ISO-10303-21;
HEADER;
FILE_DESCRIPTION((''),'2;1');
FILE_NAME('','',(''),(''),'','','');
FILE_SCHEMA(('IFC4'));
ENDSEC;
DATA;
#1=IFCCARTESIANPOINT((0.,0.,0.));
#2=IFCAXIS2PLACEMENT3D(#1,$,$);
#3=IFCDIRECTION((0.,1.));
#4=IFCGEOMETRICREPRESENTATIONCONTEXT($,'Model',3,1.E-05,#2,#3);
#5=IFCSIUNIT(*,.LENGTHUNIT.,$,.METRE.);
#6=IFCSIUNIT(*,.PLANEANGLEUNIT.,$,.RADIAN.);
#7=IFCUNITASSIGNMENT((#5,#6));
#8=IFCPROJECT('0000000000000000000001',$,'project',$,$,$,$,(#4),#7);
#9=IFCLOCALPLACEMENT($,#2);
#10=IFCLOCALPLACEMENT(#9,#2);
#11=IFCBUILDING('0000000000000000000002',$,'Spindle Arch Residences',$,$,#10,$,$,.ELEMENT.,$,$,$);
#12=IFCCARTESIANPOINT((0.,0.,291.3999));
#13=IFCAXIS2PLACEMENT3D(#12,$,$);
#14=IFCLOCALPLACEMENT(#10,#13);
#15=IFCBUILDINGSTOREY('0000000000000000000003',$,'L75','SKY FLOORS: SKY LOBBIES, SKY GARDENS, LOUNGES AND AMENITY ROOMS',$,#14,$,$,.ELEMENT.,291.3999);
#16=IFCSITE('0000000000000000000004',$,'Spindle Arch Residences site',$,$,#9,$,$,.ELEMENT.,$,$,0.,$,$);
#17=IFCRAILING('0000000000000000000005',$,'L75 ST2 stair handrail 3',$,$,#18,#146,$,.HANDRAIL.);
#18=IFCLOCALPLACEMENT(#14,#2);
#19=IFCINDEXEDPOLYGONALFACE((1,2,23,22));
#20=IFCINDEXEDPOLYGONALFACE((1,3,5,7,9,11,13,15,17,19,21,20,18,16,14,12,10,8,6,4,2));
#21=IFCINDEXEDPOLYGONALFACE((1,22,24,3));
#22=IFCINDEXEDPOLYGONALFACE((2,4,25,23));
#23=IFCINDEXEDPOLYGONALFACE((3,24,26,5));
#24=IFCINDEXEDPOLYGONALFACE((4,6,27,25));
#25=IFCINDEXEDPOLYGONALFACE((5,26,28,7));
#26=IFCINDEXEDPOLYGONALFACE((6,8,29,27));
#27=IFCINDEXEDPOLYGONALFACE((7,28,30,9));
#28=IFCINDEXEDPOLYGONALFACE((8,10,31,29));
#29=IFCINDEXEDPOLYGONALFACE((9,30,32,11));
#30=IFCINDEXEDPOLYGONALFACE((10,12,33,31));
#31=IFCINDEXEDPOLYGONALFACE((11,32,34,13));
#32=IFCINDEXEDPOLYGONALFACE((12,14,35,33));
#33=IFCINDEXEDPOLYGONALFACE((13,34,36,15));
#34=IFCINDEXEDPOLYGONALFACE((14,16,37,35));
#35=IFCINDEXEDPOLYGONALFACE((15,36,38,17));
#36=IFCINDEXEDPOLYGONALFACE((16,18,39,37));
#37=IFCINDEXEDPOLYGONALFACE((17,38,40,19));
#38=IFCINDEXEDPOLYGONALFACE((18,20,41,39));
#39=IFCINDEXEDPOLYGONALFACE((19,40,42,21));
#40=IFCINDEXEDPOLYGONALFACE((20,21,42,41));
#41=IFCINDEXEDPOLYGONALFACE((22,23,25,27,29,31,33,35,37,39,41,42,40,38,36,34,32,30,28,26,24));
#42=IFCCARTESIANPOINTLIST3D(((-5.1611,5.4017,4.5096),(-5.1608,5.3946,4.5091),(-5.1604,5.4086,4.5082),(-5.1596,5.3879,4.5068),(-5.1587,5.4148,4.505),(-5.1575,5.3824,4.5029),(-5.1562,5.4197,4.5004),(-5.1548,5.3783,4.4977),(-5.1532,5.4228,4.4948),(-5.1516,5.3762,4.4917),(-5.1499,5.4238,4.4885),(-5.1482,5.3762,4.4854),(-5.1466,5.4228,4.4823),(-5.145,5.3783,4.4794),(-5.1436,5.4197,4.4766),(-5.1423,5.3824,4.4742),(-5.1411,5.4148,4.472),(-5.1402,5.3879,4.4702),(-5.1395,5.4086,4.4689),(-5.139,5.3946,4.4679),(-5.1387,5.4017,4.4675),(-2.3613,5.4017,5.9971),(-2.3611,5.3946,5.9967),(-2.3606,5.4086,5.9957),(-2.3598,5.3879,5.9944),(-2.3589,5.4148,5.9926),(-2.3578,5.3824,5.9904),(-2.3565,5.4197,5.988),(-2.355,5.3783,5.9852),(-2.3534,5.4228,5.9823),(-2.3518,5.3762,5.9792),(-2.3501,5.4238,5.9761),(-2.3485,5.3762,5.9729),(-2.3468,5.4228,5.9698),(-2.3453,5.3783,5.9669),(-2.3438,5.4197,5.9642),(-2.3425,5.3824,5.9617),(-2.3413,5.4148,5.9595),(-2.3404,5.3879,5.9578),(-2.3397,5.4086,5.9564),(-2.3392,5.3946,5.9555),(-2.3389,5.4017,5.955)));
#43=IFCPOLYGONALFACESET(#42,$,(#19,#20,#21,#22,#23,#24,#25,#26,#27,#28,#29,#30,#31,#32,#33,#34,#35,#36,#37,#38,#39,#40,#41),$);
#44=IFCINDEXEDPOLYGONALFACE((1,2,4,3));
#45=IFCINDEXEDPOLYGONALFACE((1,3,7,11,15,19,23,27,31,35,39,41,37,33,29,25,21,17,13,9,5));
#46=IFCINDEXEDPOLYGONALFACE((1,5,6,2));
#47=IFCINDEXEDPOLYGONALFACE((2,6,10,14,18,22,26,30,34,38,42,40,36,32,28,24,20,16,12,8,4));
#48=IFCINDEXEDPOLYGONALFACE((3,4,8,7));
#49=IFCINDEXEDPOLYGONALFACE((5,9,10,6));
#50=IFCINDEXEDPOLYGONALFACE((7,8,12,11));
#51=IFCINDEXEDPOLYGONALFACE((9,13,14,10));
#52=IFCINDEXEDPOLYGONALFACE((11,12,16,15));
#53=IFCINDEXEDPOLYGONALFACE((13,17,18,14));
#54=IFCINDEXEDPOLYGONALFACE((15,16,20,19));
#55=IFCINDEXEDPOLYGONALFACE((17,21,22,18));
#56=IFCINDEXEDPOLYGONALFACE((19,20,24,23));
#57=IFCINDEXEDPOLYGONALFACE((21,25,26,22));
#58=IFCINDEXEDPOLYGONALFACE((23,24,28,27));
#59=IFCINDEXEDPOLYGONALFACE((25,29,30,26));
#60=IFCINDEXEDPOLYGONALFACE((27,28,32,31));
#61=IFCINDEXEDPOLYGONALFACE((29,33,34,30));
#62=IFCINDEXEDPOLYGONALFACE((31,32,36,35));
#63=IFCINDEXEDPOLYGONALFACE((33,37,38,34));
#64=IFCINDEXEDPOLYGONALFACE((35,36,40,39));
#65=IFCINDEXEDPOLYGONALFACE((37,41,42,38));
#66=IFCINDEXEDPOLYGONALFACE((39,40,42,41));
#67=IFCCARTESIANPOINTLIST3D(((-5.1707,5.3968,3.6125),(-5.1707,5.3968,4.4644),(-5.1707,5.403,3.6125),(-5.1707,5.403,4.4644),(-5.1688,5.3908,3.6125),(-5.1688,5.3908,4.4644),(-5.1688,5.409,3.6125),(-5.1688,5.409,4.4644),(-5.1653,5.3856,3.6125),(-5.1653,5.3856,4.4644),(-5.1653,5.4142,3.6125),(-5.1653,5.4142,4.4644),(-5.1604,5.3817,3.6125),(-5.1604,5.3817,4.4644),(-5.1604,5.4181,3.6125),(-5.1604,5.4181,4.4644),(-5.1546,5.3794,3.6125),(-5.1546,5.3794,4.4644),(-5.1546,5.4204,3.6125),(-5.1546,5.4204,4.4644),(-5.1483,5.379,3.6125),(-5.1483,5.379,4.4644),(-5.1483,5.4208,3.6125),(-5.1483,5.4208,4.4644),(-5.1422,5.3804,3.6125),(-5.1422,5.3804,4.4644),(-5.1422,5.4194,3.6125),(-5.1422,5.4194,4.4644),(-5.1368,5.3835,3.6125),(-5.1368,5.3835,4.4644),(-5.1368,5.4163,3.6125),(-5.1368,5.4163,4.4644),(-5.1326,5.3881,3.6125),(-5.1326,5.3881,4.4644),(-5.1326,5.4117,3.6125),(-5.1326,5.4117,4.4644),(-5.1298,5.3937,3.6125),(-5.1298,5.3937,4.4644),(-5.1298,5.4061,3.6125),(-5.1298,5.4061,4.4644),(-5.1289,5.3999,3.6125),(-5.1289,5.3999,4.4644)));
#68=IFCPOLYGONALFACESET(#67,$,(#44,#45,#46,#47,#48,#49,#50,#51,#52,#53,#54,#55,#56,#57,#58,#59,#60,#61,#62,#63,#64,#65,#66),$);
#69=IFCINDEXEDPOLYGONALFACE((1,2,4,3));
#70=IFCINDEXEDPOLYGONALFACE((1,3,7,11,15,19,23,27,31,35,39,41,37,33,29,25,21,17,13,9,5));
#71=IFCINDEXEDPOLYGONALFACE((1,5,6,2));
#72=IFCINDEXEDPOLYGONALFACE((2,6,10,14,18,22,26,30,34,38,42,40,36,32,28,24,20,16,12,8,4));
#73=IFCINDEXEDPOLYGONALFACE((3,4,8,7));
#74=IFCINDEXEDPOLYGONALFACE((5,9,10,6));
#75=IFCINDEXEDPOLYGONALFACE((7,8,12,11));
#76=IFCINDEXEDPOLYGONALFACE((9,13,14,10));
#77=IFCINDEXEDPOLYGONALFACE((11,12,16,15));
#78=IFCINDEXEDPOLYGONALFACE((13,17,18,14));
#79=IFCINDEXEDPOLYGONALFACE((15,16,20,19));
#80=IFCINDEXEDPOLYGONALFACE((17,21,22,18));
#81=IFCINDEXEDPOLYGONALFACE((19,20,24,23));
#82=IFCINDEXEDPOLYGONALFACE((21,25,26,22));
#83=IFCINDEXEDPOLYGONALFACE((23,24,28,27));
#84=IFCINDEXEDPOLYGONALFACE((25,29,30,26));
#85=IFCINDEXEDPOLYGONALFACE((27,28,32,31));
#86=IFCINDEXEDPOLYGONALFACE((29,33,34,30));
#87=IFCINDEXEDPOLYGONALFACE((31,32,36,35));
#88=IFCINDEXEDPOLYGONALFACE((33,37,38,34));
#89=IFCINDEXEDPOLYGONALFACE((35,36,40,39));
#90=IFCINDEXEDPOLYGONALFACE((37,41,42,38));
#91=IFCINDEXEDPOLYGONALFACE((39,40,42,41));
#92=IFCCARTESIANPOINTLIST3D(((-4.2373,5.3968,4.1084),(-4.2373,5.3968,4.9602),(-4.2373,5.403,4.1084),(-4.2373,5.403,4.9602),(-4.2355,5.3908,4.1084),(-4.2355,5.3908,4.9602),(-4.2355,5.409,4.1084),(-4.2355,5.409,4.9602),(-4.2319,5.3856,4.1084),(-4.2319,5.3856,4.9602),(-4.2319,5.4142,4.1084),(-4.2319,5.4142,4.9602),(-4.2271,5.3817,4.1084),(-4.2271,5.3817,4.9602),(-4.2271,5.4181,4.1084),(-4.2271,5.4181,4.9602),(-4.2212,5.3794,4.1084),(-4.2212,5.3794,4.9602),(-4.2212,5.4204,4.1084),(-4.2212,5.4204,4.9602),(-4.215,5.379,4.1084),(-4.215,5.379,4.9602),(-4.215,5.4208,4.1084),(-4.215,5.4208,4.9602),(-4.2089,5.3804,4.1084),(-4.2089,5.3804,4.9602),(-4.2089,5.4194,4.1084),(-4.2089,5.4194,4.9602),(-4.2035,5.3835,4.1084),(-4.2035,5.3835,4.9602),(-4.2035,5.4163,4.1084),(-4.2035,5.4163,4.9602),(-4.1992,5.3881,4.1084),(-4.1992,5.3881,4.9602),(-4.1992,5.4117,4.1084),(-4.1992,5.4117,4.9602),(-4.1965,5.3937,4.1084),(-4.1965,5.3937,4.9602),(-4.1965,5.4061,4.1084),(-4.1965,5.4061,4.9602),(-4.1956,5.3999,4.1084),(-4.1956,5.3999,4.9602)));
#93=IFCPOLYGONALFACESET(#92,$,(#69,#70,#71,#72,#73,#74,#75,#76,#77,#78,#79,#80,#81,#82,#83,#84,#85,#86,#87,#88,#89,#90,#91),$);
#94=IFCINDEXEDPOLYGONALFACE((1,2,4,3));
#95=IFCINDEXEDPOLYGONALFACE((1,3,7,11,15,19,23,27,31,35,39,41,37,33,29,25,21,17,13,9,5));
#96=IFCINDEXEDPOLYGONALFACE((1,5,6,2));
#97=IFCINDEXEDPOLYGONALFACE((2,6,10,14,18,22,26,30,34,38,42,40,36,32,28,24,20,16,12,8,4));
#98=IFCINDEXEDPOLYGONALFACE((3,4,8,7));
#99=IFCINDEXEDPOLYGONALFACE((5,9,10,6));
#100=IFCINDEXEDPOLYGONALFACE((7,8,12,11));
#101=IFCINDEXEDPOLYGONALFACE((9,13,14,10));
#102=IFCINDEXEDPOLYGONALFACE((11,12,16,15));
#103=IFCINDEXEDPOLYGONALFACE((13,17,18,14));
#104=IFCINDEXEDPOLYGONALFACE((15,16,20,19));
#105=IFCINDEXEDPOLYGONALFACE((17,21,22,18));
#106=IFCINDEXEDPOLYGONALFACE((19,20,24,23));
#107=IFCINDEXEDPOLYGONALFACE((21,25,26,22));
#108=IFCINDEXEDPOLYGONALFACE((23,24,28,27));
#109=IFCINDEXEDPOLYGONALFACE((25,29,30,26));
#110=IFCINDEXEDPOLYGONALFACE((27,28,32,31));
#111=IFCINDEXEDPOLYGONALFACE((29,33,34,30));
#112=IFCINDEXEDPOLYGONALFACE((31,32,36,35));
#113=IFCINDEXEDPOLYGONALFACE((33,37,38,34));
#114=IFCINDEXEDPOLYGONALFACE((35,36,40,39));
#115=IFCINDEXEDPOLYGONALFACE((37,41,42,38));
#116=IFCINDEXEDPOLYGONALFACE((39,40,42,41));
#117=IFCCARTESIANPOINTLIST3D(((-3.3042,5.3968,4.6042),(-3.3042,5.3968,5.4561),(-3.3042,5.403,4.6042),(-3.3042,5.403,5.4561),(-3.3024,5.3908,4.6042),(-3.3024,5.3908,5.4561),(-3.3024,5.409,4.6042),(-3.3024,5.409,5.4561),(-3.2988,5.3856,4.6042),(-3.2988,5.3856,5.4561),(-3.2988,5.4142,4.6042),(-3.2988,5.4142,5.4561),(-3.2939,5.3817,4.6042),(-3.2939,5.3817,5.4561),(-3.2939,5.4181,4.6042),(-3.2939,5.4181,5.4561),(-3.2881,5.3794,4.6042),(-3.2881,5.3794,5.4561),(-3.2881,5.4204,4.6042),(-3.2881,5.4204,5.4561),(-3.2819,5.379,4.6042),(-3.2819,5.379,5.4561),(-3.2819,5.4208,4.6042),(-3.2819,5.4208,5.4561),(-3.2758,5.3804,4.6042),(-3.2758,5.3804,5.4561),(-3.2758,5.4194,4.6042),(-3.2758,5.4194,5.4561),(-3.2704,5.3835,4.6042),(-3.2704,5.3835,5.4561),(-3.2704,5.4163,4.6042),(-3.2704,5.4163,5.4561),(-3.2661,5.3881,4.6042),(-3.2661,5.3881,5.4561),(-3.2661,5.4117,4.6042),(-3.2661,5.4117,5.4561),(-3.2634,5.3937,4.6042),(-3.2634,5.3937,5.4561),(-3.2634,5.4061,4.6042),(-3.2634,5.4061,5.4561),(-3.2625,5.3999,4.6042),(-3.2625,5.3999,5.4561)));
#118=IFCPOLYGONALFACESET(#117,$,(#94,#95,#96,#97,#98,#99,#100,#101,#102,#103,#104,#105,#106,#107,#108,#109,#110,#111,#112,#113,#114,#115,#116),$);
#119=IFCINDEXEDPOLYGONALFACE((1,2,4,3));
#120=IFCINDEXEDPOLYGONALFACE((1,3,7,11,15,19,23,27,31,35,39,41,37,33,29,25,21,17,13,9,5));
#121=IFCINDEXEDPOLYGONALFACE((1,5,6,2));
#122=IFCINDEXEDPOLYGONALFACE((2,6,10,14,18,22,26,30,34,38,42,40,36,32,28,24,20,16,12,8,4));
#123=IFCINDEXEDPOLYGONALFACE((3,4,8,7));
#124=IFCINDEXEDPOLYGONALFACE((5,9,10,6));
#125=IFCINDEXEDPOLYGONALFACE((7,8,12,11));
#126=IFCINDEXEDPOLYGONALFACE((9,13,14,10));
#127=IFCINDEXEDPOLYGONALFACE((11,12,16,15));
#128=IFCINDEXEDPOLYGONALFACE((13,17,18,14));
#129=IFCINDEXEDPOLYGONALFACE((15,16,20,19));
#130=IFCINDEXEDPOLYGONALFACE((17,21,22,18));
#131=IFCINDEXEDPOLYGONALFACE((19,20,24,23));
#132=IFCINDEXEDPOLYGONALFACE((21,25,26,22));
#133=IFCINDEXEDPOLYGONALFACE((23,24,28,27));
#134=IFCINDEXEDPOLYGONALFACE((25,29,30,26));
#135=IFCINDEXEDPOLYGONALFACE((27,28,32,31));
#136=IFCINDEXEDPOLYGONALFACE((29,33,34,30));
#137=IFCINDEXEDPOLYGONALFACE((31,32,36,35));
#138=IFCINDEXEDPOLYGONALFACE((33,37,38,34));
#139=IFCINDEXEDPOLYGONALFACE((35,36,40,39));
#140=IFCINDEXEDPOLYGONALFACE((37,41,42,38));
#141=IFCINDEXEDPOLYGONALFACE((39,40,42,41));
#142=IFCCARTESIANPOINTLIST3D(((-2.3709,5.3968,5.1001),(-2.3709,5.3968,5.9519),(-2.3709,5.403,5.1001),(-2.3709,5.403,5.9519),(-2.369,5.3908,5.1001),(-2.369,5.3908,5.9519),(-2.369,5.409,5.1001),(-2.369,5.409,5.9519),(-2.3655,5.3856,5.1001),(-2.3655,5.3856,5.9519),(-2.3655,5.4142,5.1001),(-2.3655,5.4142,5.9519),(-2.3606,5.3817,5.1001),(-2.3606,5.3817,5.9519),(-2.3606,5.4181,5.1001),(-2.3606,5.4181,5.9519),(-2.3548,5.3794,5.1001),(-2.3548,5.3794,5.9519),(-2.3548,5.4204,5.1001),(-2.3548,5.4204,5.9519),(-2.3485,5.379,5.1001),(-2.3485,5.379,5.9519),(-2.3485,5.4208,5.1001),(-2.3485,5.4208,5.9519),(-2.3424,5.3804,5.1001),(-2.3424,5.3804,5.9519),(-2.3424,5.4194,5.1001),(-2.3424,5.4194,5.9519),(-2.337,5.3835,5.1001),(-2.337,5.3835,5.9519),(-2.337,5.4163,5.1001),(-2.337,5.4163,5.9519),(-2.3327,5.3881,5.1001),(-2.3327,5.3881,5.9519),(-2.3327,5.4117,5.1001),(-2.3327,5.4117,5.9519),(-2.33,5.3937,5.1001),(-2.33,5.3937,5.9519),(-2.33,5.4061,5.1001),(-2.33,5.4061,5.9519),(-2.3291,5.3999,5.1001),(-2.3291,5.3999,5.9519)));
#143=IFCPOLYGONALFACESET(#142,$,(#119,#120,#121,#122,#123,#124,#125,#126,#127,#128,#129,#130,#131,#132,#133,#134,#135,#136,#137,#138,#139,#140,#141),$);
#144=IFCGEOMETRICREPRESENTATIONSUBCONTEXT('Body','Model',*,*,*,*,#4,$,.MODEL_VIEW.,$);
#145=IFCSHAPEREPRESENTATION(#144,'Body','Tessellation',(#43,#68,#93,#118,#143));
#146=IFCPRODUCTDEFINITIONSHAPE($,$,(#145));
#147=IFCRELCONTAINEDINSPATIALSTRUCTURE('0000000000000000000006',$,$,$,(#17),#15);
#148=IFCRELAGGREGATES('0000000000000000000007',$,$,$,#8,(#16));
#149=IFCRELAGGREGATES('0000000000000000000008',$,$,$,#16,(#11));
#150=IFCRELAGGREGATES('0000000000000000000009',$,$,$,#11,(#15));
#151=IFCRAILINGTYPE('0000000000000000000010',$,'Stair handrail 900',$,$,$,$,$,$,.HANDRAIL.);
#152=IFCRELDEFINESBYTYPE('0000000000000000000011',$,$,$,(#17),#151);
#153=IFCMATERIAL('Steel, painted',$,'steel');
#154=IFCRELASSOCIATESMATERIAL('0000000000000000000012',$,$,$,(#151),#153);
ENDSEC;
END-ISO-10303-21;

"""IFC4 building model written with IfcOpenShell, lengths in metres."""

from ifc_helpers import new_model, si_unit, direction, frame, origin, origin_2d, place, context, subcontext, project, spatial, circle, extrude, material, type_object, element, save


model = new_model("IFC4")

# Units and contexts
model_context = context("Model", 3, precision=1e-05, world=origin(), true_north=direction((0.0, 1.0)))
body_context = subcontext(model_context, "Body", "Model", "MODEL_VIEW")
ifc_project = project(units=[si_unit("LENGTHUNIT", "METRE"), si_unit("PLANEANGLEUNIT", "RADIAN")], contexts=[model_context])

# Site, building, storey
site_placement = place(None, origin())
site = spatial("IfcSite", under=ifc_project, at=site_placement, Name="Spindle Arch Residences site", CompositionType="ELEMENT", RefElevation=0.0)
building_placement = place(site_placement, origin())
building = spatial("IfcBuilding", under=site, at=building_placement, Name="Spindle Arch Residences", CompositionType="ELEMENT")
storey_placement = place(building_placement, frame((0.0, 0.0, 291.3999)))
storey = spatial("IfcBuildingStorey", under=building, at=storey_placement, Name="L75", Description="SKY FLOORS: SKY LOBBIES, SKY GARDENS, LOUNGES AND AMENITY ROOMS", CompositionType="ELEMENT", Elevation=291.3999)

# Railing
ifc_material_1 = material(Name="Steel, painted", Category="steel")
railing_type_1 = type_object("IfcRailingType", Name="Stair handrail 900", PredefinedType="HANDRAIL", material=ifc_material_1)
railing_1_placement = place(storey_placement, frame((-5.1499, 5.3999, 3.6125)))
element("IfcRailing", 1, at=railing_1_placement, inside=storey, type_object=railing_type_1, Name="L75 ST2 stair handrail 3", PredefinedType="HANDRAIL", context=body_context, shape_type="SweptSolid", body=[
    extrude(circle(Radius=0.0239, at=origin_2d()), frame((0.0, 0.0, 0.876), z_axis=(0.883096, 0.0, 0.469193), x_axis=(0.0, 1.0, 0.0)), (0.0, 0.0, 1.0), 3.1704),
    extrude(circle(Radius=0.021, at=origin_2d()), origin(), (0.0, 0.0, 1.0), 0.8518),
    extrude(circle(Radius=0.021, at=origin_2d()), frame((0.9333, 0.0, 0.4958)), (0.0, 0.0, 1.0), 0.8518),
    extrude(circle(Radius=0.021, at=origin_2d()), frame((1.8665, 0.0, 0.9917)), (0.0, 0.0, 1.0), 0.8518),
    extrude(circle(Radius=0.021, at=origin_2d()), frame((2.7998, 0.0, 1.4875)), (0.0, 0.0, 1.0), 0.8518),
])

save(model, "model.ifc")
